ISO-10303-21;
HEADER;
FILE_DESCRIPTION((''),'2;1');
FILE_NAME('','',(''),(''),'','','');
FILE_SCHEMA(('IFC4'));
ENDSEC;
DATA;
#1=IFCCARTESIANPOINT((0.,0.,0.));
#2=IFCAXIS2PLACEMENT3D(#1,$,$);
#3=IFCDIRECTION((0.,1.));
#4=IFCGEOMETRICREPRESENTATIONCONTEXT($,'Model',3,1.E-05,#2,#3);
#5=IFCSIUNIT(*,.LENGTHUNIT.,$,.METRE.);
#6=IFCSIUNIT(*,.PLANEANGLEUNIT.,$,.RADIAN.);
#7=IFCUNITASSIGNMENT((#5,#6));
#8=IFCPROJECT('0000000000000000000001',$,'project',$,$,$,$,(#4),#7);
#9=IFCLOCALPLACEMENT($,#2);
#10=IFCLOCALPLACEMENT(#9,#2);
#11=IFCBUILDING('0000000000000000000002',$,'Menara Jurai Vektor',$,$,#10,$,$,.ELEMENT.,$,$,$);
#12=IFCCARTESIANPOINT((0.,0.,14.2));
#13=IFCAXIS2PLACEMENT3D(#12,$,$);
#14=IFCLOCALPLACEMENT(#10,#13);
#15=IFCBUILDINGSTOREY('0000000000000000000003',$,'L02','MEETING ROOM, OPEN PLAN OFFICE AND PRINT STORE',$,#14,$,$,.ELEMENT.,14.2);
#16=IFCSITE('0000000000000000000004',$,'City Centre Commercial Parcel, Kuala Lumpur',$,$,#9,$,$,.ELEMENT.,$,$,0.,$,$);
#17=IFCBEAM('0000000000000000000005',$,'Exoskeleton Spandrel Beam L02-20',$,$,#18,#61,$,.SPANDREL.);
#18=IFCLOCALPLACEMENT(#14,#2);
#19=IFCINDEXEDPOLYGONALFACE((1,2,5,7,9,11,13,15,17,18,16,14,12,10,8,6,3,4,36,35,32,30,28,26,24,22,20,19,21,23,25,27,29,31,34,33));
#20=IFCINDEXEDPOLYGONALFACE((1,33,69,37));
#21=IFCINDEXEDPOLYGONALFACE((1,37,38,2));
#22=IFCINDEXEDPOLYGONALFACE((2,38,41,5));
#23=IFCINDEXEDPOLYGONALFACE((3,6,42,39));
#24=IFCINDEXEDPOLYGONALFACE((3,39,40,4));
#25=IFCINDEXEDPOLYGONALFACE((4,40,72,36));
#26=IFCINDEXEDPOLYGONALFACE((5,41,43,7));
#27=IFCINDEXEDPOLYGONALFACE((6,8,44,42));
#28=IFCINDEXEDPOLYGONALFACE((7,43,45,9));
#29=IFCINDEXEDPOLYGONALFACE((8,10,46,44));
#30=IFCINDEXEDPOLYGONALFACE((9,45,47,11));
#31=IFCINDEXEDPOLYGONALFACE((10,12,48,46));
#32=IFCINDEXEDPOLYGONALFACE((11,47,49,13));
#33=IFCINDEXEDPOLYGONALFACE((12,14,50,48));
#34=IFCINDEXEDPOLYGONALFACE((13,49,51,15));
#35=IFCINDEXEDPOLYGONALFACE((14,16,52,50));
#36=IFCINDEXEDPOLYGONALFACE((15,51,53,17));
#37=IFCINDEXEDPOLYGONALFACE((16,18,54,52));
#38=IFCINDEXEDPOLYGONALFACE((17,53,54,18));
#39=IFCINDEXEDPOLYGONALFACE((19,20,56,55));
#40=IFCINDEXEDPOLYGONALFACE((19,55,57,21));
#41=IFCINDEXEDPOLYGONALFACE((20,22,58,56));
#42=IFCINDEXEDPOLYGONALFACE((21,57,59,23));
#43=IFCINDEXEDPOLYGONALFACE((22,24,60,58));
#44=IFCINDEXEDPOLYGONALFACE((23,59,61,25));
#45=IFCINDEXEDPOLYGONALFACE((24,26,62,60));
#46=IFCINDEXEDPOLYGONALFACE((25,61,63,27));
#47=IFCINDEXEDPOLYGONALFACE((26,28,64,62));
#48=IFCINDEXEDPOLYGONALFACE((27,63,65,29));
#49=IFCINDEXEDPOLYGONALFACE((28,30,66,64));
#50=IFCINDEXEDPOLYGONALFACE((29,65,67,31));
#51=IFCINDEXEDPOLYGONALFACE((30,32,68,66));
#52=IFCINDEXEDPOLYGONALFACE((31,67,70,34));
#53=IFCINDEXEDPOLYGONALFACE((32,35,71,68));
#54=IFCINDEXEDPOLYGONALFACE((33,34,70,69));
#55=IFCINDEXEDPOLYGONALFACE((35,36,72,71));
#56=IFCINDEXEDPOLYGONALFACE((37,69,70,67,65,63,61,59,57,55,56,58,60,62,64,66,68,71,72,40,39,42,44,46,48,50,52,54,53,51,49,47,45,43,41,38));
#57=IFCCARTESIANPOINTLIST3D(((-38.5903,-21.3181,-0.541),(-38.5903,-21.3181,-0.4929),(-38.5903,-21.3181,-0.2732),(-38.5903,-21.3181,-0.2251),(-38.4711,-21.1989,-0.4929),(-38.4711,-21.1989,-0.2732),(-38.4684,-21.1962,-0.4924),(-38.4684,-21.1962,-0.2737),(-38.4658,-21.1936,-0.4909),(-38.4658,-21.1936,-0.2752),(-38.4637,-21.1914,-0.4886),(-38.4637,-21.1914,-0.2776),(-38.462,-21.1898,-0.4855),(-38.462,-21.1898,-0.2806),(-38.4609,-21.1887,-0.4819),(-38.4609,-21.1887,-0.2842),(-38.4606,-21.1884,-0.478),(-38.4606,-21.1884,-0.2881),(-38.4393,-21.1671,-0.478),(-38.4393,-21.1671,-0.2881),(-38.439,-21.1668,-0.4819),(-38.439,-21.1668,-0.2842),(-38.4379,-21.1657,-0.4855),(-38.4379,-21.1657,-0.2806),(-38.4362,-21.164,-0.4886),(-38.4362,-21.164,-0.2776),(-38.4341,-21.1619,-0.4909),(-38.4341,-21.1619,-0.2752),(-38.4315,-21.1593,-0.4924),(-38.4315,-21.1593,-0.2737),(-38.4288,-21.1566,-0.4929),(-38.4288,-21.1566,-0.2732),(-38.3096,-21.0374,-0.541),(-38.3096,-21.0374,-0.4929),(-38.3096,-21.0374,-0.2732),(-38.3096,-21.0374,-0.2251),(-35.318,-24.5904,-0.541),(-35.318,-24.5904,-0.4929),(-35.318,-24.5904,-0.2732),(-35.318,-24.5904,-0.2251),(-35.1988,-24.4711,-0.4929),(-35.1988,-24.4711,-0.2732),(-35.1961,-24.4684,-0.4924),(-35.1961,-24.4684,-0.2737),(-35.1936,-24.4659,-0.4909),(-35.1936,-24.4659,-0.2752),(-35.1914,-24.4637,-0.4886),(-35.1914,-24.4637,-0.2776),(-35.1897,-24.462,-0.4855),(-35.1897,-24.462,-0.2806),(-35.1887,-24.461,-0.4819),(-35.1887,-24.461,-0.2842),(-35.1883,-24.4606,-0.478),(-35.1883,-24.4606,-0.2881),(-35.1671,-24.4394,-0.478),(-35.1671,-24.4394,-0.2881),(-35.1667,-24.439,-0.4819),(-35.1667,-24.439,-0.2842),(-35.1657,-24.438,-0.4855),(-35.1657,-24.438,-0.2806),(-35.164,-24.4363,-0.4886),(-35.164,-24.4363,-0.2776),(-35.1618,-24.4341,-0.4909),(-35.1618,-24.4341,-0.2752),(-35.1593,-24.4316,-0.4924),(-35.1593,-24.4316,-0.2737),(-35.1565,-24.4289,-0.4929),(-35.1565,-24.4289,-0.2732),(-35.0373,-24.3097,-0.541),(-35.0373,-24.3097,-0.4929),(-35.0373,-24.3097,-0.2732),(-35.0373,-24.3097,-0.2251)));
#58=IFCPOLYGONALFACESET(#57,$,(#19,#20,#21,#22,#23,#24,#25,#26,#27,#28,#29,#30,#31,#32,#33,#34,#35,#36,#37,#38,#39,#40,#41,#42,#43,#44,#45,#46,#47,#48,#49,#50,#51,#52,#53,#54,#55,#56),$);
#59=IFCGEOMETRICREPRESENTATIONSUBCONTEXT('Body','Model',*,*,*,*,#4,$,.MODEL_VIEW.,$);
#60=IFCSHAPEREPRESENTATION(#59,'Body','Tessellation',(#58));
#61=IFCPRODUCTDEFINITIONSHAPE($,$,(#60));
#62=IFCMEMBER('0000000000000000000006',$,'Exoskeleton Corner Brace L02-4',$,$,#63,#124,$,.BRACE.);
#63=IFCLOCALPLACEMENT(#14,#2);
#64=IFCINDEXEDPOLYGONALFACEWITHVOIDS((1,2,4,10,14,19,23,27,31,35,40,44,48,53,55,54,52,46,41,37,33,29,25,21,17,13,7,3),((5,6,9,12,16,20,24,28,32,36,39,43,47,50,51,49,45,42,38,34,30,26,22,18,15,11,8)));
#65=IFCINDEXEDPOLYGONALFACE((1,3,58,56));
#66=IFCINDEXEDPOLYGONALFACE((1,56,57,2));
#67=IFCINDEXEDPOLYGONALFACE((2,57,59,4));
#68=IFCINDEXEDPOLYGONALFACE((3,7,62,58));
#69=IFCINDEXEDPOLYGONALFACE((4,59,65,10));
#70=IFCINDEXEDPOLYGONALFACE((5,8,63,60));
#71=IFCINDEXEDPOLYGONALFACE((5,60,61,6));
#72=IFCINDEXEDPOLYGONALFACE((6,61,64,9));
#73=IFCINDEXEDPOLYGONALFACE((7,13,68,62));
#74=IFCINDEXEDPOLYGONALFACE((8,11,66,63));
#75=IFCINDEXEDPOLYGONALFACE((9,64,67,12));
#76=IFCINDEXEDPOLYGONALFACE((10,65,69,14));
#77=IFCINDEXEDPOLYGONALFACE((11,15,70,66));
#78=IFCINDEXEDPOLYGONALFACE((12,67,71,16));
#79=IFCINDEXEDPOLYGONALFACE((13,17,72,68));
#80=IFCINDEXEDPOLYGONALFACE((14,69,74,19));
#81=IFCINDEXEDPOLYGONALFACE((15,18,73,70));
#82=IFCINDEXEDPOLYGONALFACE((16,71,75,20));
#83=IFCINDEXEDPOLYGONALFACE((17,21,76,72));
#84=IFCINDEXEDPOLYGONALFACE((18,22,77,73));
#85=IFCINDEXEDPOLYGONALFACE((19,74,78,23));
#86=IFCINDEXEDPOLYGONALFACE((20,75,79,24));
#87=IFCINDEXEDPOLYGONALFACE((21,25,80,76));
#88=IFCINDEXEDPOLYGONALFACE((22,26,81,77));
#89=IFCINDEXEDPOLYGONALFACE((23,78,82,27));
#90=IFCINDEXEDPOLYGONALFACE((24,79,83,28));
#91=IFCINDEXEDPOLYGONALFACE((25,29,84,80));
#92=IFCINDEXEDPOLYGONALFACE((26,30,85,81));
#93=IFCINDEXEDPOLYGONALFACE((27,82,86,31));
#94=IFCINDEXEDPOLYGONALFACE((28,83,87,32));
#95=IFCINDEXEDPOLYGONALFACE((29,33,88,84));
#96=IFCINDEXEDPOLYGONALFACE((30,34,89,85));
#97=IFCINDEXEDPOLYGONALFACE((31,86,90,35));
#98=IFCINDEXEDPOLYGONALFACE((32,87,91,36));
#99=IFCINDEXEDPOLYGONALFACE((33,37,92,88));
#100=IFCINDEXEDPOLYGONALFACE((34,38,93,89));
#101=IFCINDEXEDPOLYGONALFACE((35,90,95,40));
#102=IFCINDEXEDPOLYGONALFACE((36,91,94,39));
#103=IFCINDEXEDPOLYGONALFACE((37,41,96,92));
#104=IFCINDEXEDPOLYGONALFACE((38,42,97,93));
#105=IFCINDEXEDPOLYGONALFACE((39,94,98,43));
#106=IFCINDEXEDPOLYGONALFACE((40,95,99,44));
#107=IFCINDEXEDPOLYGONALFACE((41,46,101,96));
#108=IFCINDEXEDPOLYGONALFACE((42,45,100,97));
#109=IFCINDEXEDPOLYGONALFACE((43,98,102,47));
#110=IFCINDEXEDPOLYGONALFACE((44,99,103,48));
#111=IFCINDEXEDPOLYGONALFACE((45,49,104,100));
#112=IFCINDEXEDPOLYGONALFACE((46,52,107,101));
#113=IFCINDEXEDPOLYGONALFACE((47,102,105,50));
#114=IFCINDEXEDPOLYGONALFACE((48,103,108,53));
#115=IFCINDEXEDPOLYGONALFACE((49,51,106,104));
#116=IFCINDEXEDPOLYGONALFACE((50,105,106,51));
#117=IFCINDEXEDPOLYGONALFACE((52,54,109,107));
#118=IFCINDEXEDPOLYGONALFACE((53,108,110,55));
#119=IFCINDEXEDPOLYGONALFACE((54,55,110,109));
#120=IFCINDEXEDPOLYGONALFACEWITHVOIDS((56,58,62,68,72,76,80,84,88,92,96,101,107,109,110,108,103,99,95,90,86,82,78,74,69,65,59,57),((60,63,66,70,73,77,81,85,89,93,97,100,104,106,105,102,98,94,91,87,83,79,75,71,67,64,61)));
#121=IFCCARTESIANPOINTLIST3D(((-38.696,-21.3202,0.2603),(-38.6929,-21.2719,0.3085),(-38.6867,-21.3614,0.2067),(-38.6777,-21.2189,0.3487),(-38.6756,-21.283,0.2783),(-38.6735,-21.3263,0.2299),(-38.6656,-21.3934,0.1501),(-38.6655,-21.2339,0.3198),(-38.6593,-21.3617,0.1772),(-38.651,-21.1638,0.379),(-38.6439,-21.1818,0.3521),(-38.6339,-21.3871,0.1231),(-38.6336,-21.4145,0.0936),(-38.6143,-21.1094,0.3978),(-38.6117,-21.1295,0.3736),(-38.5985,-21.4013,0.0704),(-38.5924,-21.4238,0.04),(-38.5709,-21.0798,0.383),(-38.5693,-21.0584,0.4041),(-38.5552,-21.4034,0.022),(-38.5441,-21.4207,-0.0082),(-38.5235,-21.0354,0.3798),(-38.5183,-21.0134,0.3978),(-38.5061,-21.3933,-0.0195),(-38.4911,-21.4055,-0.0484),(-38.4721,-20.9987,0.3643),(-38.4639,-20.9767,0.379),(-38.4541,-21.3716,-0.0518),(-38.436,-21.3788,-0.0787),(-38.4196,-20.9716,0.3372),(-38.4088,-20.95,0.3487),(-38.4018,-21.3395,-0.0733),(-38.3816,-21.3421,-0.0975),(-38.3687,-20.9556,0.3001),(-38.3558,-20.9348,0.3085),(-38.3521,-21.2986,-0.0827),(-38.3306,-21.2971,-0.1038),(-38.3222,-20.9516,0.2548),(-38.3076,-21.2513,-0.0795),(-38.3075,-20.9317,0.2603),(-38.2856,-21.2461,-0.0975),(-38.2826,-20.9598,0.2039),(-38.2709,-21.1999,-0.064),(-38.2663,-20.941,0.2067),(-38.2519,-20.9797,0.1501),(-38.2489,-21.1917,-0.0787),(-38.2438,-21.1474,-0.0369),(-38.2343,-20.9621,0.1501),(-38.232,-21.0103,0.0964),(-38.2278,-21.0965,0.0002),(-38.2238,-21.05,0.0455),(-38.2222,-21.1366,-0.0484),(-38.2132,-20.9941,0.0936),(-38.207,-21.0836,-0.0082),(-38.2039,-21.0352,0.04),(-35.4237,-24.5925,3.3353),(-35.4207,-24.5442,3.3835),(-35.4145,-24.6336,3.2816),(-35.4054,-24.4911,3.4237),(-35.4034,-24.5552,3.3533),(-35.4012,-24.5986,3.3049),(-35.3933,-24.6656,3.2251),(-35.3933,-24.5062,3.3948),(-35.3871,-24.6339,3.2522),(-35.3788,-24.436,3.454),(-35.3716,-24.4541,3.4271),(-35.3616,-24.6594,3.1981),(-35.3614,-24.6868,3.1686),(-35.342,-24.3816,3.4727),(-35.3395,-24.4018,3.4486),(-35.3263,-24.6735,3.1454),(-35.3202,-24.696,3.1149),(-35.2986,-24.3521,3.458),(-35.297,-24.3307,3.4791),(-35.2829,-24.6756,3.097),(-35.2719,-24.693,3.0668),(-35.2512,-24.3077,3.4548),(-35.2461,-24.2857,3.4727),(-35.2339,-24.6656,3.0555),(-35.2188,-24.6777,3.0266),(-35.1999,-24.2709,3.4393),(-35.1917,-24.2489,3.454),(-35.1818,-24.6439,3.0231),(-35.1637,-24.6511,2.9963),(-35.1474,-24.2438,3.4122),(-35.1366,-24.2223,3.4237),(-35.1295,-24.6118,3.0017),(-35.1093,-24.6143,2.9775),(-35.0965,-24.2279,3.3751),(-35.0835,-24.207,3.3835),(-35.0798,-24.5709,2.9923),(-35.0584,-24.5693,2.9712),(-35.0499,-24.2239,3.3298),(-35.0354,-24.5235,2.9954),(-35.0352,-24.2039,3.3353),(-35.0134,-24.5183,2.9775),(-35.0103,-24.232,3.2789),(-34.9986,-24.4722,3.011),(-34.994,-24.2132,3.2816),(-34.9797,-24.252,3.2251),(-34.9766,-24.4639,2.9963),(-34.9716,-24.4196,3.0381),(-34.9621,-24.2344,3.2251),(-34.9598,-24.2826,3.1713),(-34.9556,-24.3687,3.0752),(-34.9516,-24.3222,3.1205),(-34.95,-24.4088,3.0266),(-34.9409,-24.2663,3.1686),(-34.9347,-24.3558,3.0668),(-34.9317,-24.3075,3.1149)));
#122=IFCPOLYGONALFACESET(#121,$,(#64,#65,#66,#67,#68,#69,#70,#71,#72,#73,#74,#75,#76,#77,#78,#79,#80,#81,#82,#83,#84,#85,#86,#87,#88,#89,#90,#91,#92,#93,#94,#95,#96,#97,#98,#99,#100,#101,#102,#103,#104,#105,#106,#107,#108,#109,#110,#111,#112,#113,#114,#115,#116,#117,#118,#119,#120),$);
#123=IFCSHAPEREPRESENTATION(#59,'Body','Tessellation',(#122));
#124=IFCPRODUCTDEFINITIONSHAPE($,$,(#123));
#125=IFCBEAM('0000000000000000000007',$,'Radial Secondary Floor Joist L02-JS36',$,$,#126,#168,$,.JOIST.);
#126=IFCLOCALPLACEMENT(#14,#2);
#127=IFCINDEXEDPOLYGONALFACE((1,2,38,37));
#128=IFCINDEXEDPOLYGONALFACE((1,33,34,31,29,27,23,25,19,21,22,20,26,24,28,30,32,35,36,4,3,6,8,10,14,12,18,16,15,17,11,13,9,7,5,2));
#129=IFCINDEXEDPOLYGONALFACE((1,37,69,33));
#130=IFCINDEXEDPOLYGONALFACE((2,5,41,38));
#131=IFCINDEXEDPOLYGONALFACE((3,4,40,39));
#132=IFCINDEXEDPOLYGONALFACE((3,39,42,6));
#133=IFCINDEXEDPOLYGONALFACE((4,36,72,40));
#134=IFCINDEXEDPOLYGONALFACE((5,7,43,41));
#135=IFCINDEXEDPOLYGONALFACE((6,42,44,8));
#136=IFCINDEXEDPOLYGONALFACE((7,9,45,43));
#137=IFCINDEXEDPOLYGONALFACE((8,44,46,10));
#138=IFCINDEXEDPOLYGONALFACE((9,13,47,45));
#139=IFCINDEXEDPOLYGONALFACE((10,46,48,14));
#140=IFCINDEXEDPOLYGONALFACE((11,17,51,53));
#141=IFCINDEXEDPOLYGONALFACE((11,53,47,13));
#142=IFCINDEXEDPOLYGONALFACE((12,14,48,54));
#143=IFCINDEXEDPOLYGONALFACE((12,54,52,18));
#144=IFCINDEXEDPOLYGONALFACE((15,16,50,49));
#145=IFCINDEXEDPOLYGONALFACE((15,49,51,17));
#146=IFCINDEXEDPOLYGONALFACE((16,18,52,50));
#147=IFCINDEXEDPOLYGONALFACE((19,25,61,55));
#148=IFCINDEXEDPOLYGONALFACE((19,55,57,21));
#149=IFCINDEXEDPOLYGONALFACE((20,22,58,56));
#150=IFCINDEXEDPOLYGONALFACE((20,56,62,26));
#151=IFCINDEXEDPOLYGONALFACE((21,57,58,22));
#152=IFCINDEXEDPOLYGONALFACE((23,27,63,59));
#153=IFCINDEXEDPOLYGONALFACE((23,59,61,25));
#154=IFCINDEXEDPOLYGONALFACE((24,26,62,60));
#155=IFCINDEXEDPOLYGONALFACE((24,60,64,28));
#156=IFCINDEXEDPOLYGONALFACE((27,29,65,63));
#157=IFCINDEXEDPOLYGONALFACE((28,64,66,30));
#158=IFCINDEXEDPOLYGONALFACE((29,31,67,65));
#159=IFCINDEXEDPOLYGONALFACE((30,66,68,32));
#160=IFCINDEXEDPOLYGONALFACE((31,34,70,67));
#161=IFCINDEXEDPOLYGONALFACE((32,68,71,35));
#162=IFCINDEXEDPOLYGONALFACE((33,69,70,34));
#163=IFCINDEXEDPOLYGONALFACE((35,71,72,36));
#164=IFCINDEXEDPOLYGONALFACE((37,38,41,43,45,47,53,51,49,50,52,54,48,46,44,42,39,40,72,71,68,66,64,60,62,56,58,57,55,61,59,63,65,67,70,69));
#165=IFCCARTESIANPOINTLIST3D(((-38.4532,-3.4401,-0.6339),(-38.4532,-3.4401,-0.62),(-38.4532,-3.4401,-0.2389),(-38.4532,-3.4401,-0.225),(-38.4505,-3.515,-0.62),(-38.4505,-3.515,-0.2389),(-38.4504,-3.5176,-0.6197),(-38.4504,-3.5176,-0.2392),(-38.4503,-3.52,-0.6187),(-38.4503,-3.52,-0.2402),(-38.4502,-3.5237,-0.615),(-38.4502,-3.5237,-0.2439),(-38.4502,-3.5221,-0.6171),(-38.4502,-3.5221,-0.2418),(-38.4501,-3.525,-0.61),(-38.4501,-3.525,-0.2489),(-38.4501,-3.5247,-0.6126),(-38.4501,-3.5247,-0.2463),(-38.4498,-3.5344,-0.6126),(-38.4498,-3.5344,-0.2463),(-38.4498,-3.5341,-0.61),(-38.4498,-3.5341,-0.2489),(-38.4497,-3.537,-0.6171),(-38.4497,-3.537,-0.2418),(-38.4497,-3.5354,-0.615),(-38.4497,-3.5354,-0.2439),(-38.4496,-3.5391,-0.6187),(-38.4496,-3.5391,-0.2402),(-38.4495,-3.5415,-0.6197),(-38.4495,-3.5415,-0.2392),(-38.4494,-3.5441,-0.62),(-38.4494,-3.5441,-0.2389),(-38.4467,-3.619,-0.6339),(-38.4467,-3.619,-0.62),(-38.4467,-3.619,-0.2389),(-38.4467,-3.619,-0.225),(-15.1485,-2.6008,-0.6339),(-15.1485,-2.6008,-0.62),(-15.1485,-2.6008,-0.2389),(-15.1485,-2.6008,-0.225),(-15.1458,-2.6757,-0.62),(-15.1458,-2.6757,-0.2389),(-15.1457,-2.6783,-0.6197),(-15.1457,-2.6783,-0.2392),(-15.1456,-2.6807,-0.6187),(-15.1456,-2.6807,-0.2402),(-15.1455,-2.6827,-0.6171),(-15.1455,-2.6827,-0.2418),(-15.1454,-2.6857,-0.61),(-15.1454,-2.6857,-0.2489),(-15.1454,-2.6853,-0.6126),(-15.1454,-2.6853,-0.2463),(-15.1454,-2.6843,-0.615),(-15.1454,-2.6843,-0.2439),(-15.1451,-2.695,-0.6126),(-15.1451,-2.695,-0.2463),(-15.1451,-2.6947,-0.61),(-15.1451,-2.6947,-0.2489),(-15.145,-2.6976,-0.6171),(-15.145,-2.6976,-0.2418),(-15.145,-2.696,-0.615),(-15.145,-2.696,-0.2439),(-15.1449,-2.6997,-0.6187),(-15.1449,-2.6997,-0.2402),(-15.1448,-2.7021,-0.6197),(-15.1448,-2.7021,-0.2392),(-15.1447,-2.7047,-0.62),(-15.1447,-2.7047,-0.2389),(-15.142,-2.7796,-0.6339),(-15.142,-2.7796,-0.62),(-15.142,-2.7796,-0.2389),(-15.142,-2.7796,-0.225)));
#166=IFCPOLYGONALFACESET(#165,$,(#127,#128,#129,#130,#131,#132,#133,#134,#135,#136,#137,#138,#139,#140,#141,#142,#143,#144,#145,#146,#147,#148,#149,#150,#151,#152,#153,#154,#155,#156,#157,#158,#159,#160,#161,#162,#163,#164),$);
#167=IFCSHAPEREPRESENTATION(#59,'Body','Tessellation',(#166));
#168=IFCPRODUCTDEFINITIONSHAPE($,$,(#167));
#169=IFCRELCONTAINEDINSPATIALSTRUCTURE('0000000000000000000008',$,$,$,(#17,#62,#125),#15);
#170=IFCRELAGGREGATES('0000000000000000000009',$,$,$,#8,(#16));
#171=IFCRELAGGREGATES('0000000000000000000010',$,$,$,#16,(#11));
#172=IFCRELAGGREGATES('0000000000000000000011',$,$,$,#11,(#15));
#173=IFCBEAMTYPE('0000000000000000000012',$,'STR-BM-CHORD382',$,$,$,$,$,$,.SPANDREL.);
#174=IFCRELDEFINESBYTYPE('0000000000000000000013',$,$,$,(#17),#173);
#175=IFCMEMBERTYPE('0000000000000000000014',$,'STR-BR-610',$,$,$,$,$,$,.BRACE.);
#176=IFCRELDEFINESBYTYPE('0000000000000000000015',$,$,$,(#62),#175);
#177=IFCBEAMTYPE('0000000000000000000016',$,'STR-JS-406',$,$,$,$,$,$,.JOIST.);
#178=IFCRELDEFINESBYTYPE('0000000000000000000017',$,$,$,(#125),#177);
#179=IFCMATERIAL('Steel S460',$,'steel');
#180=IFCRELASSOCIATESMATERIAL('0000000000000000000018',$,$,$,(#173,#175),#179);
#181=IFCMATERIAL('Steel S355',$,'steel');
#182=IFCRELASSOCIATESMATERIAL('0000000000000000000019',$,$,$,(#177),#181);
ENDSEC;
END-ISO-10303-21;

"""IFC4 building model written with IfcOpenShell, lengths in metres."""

from ifc_helpers import new_model, si_unit, direction, frame, origin, origin_2d, place, context, subcontext, project, spatial, hollow_circle, i_section, extrude, material, material_profile, profile_set, type_object, element, save


model = new_model("IFC4")

# Units and contexts
model_context = context("Model", 3, precision=1e-05, world=origin(), true_north=direction((0.0, 1.0)))
body_context = subcontext(model_context, "Body", "Model", "MODEL_VIEW")
ifc_project = project(units=[si_unit("LENGTHUNIT", "METRE"), si_unit("PLANEANGLEUNIT", "RADIAN")], contexts=[model_context])

# Site, building, storey
site_placement = place(None, origin())
site = spatial("IfcSite", under=ifc_project, at=site_placement, Name="City Centre Commercial Parcel, Kuala Lumpur", CompositionType="ELEMENT", RefElevation=0.0)
building_placement = place(site_placement, origin())
building = spatial("IfcBuilding", under=site, at=building_placement, Name="Menara Jurai Vektor", CompositionType="ELEMENT")
storey_placement = place(building_placement, frame((0.0, 0.0, 14.2)))
storey = spatial("IfcBuildingStorey", under=building, at=storey_placement, Name="L02", Description="MEETING ROOM, OPEN PLAN OFFICE AND PRINT STORE", CompositionType="ELEMENT", Elevation=14.2)

# Shared definitions
ifc_material_1 = material(Name="Steel S460", Category="steel")

# Beam
ifc_material_2 = material(Name="Steel S355", Category="steel")
ifc_material_profile_1 = material_profile(ifc_material_1, i_section(OverallWidth=0.397, OverallDepth=0.3159, WebThickness=0.03, FlangeThickness=0.0481, FilletRadius=0.0149, at=origin_2d()), Name="HD 400x382")
ifc_profile_set_1 = profile_set([ifc_material_profile_1], Name="Steel S460")
beam_type_1 = type_object("IfcBeamType", Name="STR-BM-CHORD382", PredefinedType="SPANDREL", material=ifc_profile_set_1)
beam_1_placement = place(storey_placement, frame((-38.45, -21.1777, -0.3831), z_axis=(0.707107, -0.707107, 0.0), x_axis=(0.707107, 0.707107, 0.0)))
element("IfcBeam", 1, at=beam_1_placement, inside=storey, type_object=beam_type_1, Name="Exoskeleton Spandrel Beam L02-20", PredefinedType="SPANDREL", context=body_context, shape_type="SweptSolid", body=[
    extrude(i_section(OverallWidth=0.397, OverallDepth=0.3159, WebThickness=0.03, FlangeThickness=0.0481, FilletRadius=0.0149, at=origin_2d()), origin(), (0.0, 0.0, 1.0), 4.6277),
])

# Member
ifc_material_profile_2 = material_profile(ifc_material_1, hollow_circle(Radius=0.3049, WallThickness=0.0249, at=origin_2d()), Name="CHS 610x25")
ifc_profile_set_2 = profile_set([ifc_material_profile_2], Name="Steel S460")
member_type_1 = type_object("IfcMemberType", Name="STR-BR-610", PredefinedType="BRACE", material=ifc_profile_set_2)
member_1_placement = place(storey_placement, frame((-38.45, -21.1777, 0.1501), z_axis=(0.588942, -0.588942, 0.553438), x_axis=(0.707107, 0.707107, 0.0)))
element("IfcMember", 2, at=member_1_placement, inside=storey, type_object=member_type_1, Name="Exoskeleton Corner Brace L02-4", PredefinedType="BRACE", context=body_context, shape_type="SweptSolid", body=[
    extrude(hollow_circle(Radius=0.3049, WallThickness=0.0249, at=origin_2d()), origin(), (0.0, 0.0, 1.0), 5.5562),
])

# Beam
ifc_material_profile_3 = material_profile(ifc_material_2, i_section(OverallWidth=0.179, OverallDepth=0.4089, WebThickness=0.009, FlangeThickness=0.0139, FilletRadius=0.01, at=origin_2d()), Name="UKB 406x178x67")
ifc_profile_set_3 = profile_set([ifc_material_profile_3], Name="Steel S355")
beam_type_2 = type_object("IfcBeamType", Name="STR-JS-406", PredefinedType="JOIST", material=ifc_profile_set_3)
beam_2_placement = place(storey_placement, frame((-38.45, -3.5295, -0.4294), z_axis=(0.999352, 0.035993, 0.0), x_axis=(-0.035993, 0.999352, 0.0)))
element("IfcBeam", 3, at=beam_2_placement, inside=storey, type_object=beam_type_2, Name="Radial Secondary Floor Joist L02-JS36", PredefinedType="JOIST", context=body_context, shape_type="SweptSolid", body=[
    extrude(i_section(OverallWidth=0.179, OverallDepth=0.4089, WebThickness=0.009, FlangeThickness=0.0139, FilletRadius=0.01, at=origin_2d()), origin(), (0.0, 0.0, 1.0), 23.3198),
])

save(model, "model.ifc")
